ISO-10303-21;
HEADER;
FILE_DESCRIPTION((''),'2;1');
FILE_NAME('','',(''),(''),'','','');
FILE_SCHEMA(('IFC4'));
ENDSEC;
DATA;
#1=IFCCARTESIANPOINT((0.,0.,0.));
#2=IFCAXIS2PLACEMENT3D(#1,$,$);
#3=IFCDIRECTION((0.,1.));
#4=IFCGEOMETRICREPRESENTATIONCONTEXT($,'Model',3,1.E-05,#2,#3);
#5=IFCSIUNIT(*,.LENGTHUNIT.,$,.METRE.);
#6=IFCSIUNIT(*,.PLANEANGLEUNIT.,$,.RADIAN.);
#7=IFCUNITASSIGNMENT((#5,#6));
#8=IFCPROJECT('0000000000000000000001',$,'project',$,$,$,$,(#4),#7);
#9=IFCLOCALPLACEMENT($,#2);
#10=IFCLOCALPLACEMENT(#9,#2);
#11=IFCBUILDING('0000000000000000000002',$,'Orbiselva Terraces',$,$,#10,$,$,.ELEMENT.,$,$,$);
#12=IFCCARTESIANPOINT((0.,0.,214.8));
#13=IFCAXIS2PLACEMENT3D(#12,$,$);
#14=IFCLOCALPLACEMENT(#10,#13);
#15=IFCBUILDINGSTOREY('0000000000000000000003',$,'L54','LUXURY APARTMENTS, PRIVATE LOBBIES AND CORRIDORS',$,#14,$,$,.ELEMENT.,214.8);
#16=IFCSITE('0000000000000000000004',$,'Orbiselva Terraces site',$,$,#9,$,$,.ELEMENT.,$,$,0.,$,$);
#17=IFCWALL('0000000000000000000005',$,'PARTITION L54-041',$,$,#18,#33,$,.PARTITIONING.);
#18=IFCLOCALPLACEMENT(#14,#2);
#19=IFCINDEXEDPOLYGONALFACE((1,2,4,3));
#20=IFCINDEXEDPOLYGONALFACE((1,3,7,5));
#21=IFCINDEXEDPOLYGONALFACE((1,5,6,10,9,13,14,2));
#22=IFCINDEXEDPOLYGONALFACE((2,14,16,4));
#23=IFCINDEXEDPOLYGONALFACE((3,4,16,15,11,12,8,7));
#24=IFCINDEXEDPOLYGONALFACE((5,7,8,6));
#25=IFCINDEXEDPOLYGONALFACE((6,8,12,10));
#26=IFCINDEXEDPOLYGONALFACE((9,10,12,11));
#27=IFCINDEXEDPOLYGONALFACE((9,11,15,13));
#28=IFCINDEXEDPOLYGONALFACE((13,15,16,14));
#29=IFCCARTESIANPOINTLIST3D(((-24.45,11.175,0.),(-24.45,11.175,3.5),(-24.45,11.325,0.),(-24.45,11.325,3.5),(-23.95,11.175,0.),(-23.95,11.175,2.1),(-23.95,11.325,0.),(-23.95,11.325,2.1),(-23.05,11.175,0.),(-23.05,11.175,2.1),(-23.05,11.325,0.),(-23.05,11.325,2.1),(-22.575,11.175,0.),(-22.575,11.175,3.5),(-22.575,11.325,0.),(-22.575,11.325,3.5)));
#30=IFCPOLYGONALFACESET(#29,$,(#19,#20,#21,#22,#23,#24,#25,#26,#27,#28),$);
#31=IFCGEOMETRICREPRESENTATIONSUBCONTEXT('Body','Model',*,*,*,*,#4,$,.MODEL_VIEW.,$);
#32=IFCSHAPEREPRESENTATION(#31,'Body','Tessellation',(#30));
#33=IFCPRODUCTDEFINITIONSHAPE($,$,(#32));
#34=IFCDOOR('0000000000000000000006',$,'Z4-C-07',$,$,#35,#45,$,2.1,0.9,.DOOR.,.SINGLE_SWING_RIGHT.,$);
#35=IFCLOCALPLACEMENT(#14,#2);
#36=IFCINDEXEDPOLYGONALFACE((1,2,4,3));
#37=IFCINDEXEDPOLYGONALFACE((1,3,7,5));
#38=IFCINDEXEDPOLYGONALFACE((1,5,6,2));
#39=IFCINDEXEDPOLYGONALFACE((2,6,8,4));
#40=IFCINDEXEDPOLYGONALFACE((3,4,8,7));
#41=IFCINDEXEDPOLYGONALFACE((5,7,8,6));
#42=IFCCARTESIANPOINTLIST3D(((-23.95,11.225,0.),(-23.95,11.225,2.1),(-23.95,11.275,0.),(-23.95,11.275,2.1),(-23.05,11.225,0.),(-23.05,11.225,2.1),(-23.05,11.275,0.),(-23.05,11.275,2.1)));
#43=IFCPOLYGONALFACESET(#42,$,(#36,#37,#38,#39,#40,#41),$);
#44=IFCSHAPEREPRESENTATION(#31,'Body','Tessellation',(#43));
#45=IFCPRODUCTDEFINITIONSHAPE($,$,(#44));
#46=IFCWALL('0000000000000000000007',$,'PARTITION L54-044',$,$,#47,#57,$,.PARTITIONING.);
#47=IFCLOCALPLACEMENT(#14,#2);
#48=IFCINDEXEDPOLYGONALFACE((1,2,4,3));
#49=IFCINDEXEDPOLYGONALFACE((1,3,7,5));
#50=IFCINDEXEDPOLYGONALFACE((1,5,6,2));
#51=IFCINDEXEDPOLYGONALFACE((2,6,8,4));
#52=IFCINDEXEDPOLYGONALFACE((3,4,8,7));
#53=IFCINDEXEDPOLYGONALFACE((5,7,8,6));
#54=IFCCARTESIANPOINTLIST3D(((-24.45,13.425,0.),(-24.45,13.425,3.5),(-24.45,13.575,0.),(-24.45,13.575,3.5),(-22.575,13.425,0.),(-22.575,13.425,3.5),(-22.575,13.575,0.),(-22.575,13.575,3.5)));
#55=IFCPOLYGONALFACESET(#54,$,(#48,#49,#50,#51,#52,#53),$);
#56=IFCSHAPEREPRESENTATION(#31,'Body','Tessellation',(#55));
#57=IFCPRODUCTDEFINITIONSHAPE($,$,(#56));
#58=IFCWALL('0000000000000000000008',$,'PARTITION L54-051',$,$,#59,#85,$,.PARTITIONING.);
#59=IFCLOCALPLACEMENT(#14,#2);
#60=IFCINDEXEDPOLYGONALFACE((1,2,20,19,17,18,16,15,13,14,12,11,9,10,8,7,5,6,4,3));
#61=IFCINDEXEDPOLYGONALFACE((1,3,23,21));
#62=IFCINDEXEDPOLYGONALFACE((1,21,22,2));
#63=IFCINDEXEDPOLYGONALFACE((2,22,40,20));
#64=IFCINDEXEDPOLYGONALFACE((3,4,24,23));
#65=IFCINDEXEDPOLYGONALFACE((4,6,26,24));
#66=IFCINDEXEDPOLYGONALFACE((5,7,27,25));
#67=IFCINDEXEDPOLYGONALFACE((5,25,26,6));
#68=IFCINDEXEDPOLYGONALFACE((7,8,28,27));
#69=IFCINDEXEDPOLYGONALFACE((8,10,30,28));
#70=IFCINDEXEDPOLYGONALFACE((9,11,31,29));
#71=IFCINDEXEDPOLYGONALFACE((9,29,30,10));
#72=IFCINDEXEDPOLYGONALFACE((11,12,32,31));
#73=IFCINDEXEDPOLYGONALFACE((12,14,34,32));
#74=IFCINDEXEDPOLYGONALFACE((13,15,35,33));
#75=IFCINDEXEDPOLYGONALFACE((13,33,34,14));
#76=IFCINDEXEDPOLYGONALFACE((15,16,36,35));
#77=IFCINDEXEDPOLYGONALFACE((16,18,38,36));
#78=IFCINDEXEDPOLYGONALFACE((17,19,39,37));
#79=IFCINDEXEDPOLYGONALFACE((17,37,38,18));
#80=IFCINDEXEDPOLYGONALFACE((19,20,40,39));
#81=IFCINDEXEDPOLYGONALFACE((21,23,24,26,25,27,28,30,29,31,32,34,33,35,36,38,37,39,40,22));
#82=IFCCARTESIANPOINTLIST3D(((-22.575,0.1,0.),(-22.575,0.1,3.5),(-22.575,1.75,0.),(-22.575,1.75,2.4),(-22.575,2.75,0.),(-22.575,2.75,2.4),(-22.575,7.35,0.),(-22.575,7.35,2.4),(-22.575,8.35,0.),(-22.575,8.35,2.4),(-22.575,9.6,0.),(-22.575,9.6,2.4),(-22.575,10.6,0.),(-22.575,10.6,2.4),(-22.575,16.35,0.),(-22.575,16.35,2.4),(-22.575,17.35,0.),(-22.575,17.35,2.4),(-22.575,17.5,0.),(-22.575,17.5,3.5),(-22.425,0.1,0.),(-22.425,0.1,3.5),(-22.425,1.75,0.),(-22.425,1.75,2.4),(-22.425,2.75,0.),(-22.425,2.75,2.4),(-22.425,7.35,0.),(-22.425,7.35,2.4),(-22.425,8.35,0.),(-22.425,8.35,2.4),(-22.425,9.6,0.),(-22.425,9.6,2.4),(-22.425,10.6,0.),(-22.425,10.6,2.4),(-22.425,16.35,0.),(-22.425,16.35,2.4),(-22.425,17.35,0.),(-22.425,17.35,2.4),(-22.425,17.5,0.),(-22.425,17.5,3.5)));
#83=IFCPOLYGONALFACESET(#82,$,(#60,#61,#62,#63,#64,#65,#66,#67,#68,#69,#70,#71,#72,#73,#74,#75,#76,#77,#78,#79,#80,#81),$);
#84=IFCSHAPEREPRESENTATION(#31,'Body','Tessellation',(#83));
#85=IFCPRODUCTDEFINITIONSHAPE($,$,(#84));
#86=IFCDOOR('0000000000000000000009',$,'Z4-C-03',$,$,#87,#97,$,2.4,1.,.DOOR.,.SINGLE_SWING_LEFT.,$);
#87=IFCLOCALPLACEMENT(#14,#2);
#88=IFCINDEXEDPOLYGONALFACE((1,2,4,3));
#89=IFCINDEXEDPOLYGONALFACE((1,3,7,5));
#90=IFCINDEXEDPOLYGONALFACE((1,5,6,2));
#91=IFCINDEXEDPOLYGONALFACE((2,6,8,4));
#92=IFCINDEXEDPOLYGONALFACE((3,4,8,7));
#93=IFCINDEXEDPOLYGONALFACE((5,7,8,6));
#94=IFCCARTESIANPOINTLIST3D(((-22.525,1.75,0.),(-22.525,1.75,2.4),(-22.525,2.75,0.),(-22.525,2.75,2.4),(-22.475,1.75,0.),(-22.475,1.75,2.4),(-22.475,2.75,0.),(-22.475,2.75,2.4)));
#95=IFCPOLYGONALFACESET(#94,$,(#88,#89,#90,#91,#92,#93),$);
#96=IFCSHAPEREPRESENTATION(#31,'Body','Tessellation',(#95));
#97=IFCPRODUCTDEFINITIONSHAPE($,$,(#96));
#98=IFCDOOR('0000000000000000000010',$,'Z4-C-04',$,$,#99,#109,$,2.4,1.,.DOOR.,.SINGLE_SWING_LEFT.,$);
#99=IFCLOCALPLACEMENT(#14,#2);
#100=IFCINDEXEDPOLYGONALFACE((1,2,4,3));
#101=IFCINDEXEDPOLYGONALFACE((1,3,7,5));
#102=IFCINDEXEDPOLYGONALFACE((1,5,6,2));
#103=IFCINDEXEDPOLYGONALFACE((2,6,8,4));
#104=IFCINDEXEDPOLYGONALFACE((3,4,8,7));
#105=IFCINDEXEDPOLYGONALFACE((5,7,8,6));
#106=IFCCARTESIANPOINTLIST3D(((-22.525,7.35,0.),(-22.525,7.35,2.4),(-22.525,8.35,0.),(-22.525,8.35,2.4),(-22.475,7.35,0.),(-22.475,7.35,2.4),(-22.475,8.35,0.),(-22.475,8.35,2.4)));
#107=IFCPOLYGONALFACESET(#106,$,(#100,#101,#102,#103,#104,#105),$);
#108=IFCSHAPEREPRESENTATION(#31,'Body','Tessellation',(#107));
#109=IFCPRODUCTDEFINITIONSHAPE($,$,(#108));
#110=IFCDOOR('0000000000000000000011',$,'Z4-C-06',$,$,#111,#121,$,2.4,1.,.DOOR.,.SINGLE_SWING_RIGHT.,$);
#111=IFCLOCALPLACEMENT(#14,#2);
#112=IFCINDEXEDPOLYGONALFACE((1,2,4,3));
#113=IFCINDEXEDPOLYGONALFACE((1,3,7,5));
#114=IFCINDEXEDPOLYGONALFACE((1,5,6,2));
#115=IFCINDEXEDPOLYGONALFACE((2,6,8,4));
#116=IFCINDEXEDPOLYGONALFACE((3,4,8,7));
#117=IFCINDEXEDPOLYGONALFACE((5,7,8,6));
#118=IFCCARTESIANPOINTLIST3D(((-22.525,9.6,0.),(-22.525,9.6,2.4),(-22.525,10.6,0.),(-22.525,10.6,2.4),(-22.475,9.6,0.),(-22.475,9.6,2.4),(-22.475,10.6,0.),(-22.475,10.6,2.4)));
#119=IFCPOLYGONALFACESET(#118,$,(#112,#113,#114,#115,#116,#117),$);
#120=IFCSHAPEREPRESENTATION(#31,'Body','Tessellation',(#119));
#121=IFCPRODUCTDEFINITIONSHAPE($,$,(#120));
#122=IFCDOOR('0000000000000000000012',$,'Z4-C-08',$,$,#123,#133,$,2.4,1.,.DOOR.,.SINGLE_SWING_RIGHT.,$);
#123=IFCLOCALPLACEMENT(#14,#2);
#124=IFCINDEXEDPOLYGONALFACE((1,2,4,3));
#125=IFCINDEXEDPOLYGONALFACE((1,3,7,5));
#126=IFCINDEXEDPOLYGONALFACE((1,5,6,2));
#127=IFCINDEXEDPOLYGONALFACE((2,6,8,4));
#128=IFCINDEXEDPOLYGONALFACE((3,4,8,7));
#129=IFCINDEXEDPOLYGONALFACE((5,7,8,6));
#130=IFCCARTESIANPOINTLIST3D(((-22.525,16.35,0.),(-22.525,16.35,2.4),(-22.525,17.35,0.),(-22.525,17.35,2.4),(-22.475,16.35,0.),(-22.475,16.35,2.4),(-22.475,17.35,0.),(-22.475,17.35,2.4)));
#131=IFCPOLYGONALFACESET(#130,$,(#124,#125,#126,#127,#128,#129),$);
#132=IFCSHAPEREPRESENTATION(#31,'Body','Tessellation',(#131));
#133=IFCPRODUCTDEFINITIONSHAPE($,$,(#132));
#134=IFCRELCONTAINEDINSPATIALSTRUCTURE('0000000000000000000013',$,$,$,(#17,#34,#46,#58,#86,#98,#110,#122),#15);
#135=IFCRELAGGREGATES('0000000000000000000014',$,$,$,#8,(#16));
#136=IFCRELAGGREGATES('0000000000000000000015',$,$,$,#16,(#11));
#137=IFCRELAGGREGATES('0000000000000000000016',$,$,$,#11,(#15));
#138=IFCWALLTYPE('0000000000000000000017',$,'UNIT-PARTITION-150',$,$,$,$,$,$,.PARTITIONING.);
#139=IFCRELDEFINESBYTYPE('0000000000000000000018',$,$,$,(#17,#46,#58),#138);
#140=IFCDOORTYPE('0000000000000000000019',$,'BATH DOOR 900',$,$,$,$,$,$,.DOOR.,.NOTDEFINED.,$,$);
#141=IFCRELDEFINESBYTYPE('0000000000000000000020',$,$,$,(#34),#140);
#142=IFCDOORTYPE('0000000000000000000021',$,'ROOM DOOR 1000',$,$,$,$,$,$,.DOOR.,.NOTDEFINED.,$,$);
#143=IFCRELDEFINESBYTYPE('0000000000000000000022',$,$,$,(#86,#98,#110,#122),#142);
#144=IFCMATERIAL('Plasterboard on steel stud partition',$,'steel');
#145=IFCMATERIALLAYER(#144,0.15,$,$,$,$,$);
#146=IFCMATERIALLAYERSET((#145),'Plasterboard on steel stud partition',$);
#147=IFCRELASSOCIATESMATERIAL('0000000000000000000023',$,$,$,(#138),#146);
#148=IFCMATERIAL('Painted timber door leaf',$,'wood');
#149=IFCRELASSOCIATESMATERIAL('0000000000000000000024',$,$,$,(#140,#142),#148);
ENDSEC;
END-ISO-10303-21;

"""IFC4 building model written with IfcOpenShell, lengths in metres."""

from ifc_helpers import new_model, si_unit, direction, frame, frame_2d, origin, place, context, subcontext, project, spatial, rectangle, extrude, material, layer, layer_set, type_object, element, fill, save


model = new_model("IFC4")

# Units and contexts
model_context = context("Model", 3, precision=1e-05, world=origin(), true_north=direction((0.0, 1.0)))
body_context = subcontext(model_context, "Body", "Model", "MODEL_VIEW")
ifc_project = project(units=[si_unit("LENGTHUNIT", "METRE"), si_unit("PLANEANGLEUNIT", "RADIAN")], contexts=[model_context])

# Site, building, storey
site_placement = place(None, origin())
site = spatial("IfcSite", under=ifc_project, at=site_placement, Name="Orbiselva Terraces site", CompositionType="ELEMENT", RefElevation=0.0)
building_placement = place(site_placement, origin())
building = spatial("IfcBuilding", under=site, at=building_placement, Name="Orbiselva Terraces", CompositionType="ELEMENT")
storey_placement = place(building_placement, frame((0.0, 0.0, 214.8)))
storey = spatial("IfcBuildingStorey", under=building, at=storey_placement, Name="L54", Description="LUXURY APARTMENTS, PRIVATE LOBBIES AND CORRIDORS", CompositionType="ELEMENT", Elevation=214.8)

# Shared definitions
ifc_material_1 = material(Name="Plasterboard on steel stud partition", Category="steel")
ifc_layer_1 = layer(ifc_material_1, 0.15)
ifc_layer_set_1 = layer_set([ifc_layer_1], Name="Plasterboard on steel stud partition")
wall_type_1 = type_object("IfcWallType", Name="UNIT-PARTITION-150", PredefinedType="PARTITIONING", material=ifc_layer_set_1)

# Wall, opening, door
wall_1_placement = place(storey_placement, frame((-24.45, 11.25, 0.0), z_axis=(0.0, 0.0, 1.0), x_axis=(1.0, 0.0, 0.0)))
wall_1 = element("IfcWall", 1, at=wall_1_placement, inside=storey, type_object=wall_type_1, Name="PARTITION L54-041", PredefinedType="PARTITIONING", context=body_context, shape_type="SweptSolid", body=[
    extrude(rectangle(XDim=1.875, YDim=0.15, at=frame_2d((0.9375, 0.0))), origin(), (0.0, 0.0, 1.0), 3.5),
])
opening_1_placement = place(wall_1_placement, frame((0.5, 0.0, 0.0)))
opening_1 = element("IfcOpeningElement", 2, at=opening_1_placement, cuts=wall_1, PredefinedType="OPENING", context=body_context, shape_type="SweptSolid", body=[
    extrude(rectangle(XDim=0.9, YDim=2.1, at=frame_2d((0.45, 1.05))), frame((0.0, 0.085, 0.0), z_axis=(0.0, -1.0, 0.0), x_axis=(1.0, 0.0, 0.0)), (0.0, 0.0, 1.0), 0.17),
])
ifc_material_2 = material(Name="Painted timber door leaf", Category="wood")
door_type_1 = type_object("IfcDoorType", Name="BATH DOOR 900", OperationType="NOTDEFINED", PredefinedType="DOOR", material=ifc_material_2)
door_1_placement = place(opening_1_placement, origin())
door_1 = element("IfcDoor", 3, at=door_1_placement, inside=storey, type_object=door_type_1, Name="Z4-C-07", OperationType="SINGLE_SWING_RIGHT", OverallHeight=2.1, OverallWidth=0.9, PredefinedType="DOOR", context=body_context, shape_type="SweptSolid", body=[
    extrude(rectangle(XDim=0.9, YDim=2.1, at=frame_2d((0.45, 1.05))), frame((0.0, 0.025, 0.0), z_axis=(0.0, -1.0, 0.0), x_axis=(1.0, 0.0, 0.0)), (0.0, 0.0, 1.0), 0.05),
])
fill(opening_1, door_1)

# Wall
wall_2_placement = place(storey_placement, frame((-24.45, 13.5, 0.0), z_axis=(0.0, 0.0, 1.0), x_axis=(1.0, 0.0, 0.0)))
element("IfcWall", 4, at=wall_2_placement, inside=storey, type_object=wall_type_1, Name="PARTITION L54-044", PredefinedType="PARTITIONING", context=body_context, shape_type="SweptSolid", body=[
    extrude(rectangle(XDim=1.875, YDim=0.15, at=frame_2d((0.9375, 0.0))), origin(), (0.0, 0.0, 1.0), 3.5),
])

# Wall, openings, doors
wall_3_placement = place(storey_placement, frame((-22.5, 0.1, 0.0), z_axis=(0.0, 0.0, 1.0), x_axis=(0.0, 1.0, 0.0)))
wall_3 = element("IfcWall", 5, at=wall_3_placement, inside=storey, type_object=wall_type_1, Name="PARTITION L54-051", PredefinedType="PARTITIONING", context=body_context, shape_type="SweptSolid", body=[
    extrude(rectangle(XDim=17.4, YDim=0.15, at=frame_2d((8.7, 0.0))), origin(), (0.0, 0.0, 1.0), 3.5),
])
opening_2_placement = place(wall_3_placement, frame((1.65, 0.0, 0.0)))
opening_2 = element("IfcOpeningElement", 6, at=opening_2_placement, cuts=wall_3, PredefinedType="OPENING", context=body_context, shape_type="SweptSolid", body=[
    extrude(rectangle(XDim=1.0, YDim=2.4, at=frame_2d((0.5, 1.2))), frame((0.0, 0.085, 0.0), z_axis=(0.0, -1.0, 0.0), x_axis=(1.0, 0.0, 0.0)), (0.0, 0.0, 1.0), 0.17),
])
opening_3_placement = place(wall_3_placement, frame((7.25, 0.0, 0.0)))
opening_3 = element("IfcOpeningElement", 7, at=opening_3_placement, cuts=wall_3, PredefinedType="OPENING", context=body_context, shape_type="SweptSolid", body=[
    extrude(rectangle(XDim=1.0, YDim=2.4, at=frame_2d((0.5, 1.2))), frame((0.0, 0.085, 0.0), z_axis=(0.0, -1.0, 0.0), x_axis=(1.0, 0.0, 0.0)), (0.0, 0.0, 1.0), 0.17),
])
opening_4_placement = place(wall_3_placement, frame((9.5, 0.0, 0.0)))
opening_4 = element("IfcOpeningElement", 8, at=opening_4_placement, cuts=wall_3, PredefinedType="OPENING", context=body_context, shape_type="SweptSolid", body=[
    extrude(rectangle(XDim=1.0, YDim=2.4, at=frame_2d((0.5, 1.2))), frame((0.0, 0.085, 0.0), z_axis=(0.0, -1.0, 0.0), x_axis=(1.0, 0.0, 0.0)), (0.0, 0.0, 1.0), 0.17),
])
opening_5_placement = place(wall_3_placement, frame((16.25, 0.0, 0.0)))
opening_5 = element("IfcOpeningElement", 9, at=opening_5_placement, cuts=wall_3, PredefinedType="OPENING", context=body_context, shape_type="SweptSolid", body=[
    extrude(rectangle(XDim=1.0, YDim=2.4, at=frame_2d((0.5, 1.2))), frame((0.0, 0.085, 0.0), z_axis=(0.0, -1.0, 0.0), x_axis=(1.0, 0.0, 0.0)), (0.0, 0.0, 1.0), 0.17),
])
door_type_2 = type_object("IfcDoorType", Name="ROOM DOOR 1000", OperationType="NOTDEFINED", PredefinedType="DOOR", material=ifc_material_2)
door_2_placement = place(opening_2_placement, origin())
door_2 = element("IfcDoor", 10, at=door_2_placement, inside=storey, type_object=door_type_2, Name="Z4-C-03", OperationType="SINGLE_SWING_LEFT", OverallHeight=2.4, OverallWidth=1.0, PredefinedType="DOOR", context=body_context, shape_type="SweptSolid", body=[
    extrude(rectangle(XDim=1.0, YDim=2.4, at=frame_2d((0.5, 1.2))), frame((0.0, 0.025, 0.0), z_axis=(0.0, -1.0, 0.0), x_axis=(1.0, 0.0, 0.0)), (0.0, 0.0, 1.0), 0.05),
])
fill(opening_2, door_2)
door_3_placement = place(opening_3_placement, origin())
door_3 = element("IfcDoor", 11, at=door_3_placement, inside=storey, type_object=door_type_2, Name="Z4-C-04", OperationType="SINGLE_SWING_LEFT", OverallHeight=2.4, OverallWidth=1.0, PredefinedType="DOOR", context=body_context, shape_type="SweptSolid", body=[
    extrude(rectangle(XDim=1.0, YDim=2.4, at=frame_2d((0.5, 1.2))), frame((0.0, 0.025, 0.0), z_axis=(0.0, -1.0, 0.0), x_axis=(1.0, 0.0, 0.0)), (0.0, 0.0, 1.0), 0.05),
])
fill(opening_3, door_3)
door_4_placement = place(opening_4_placement, origin())
door_4 = element("IfcDoor", 12, at=door_4_placement, inside=storey, type_object=door_type_2, Name="Z4-C-06", OperationType="SINGLE_SWING_RIGHT", OverallHeight=2.4, OverallWidth=1.0, PredefinedType="DOOR", context=body_context, shape_type="SweptSolid", body=[
    extrude(rectangle(XDim=1.0, YDim=2.4, at=frame_2d((0.5, 1.2))), frame((0.0, 0.025, 0.0), z_axis=(0.0, -1.0, 0.0), x_axis=(1.0, 0.0, 0.0)), (0.0, 0.0, 1.0), 0.05),
])
fill(opening_4, door_4)
door_5_placement = place(opening_5_placement, origin())
door_5 = element("IfcDoor", 13, at=door_5_placement, inside=storey, type_object=door_type_2, Name="Z4-C-08", OperationType="SINGLE_SWING_RIGHT", OverallHeight=2.4, OverallWidth=1.0, PredefinedType="DOOR", context=body_context, shape_type="SweptSolid", body=[
    extrude(rectangle(XDim=1.0, YDim=2.4, at=frame_2d((0.5, 1.2))), frame((0.0, 0.025, 0.0), z_axis=(0.0, -1.0, 0.0), x_axis=(1.0, 0.0, 0.0)), (0.0, 0.0, 1.0), 0.05),
])
fill(opening_5, door_5)

save(model, "model.ifc")
